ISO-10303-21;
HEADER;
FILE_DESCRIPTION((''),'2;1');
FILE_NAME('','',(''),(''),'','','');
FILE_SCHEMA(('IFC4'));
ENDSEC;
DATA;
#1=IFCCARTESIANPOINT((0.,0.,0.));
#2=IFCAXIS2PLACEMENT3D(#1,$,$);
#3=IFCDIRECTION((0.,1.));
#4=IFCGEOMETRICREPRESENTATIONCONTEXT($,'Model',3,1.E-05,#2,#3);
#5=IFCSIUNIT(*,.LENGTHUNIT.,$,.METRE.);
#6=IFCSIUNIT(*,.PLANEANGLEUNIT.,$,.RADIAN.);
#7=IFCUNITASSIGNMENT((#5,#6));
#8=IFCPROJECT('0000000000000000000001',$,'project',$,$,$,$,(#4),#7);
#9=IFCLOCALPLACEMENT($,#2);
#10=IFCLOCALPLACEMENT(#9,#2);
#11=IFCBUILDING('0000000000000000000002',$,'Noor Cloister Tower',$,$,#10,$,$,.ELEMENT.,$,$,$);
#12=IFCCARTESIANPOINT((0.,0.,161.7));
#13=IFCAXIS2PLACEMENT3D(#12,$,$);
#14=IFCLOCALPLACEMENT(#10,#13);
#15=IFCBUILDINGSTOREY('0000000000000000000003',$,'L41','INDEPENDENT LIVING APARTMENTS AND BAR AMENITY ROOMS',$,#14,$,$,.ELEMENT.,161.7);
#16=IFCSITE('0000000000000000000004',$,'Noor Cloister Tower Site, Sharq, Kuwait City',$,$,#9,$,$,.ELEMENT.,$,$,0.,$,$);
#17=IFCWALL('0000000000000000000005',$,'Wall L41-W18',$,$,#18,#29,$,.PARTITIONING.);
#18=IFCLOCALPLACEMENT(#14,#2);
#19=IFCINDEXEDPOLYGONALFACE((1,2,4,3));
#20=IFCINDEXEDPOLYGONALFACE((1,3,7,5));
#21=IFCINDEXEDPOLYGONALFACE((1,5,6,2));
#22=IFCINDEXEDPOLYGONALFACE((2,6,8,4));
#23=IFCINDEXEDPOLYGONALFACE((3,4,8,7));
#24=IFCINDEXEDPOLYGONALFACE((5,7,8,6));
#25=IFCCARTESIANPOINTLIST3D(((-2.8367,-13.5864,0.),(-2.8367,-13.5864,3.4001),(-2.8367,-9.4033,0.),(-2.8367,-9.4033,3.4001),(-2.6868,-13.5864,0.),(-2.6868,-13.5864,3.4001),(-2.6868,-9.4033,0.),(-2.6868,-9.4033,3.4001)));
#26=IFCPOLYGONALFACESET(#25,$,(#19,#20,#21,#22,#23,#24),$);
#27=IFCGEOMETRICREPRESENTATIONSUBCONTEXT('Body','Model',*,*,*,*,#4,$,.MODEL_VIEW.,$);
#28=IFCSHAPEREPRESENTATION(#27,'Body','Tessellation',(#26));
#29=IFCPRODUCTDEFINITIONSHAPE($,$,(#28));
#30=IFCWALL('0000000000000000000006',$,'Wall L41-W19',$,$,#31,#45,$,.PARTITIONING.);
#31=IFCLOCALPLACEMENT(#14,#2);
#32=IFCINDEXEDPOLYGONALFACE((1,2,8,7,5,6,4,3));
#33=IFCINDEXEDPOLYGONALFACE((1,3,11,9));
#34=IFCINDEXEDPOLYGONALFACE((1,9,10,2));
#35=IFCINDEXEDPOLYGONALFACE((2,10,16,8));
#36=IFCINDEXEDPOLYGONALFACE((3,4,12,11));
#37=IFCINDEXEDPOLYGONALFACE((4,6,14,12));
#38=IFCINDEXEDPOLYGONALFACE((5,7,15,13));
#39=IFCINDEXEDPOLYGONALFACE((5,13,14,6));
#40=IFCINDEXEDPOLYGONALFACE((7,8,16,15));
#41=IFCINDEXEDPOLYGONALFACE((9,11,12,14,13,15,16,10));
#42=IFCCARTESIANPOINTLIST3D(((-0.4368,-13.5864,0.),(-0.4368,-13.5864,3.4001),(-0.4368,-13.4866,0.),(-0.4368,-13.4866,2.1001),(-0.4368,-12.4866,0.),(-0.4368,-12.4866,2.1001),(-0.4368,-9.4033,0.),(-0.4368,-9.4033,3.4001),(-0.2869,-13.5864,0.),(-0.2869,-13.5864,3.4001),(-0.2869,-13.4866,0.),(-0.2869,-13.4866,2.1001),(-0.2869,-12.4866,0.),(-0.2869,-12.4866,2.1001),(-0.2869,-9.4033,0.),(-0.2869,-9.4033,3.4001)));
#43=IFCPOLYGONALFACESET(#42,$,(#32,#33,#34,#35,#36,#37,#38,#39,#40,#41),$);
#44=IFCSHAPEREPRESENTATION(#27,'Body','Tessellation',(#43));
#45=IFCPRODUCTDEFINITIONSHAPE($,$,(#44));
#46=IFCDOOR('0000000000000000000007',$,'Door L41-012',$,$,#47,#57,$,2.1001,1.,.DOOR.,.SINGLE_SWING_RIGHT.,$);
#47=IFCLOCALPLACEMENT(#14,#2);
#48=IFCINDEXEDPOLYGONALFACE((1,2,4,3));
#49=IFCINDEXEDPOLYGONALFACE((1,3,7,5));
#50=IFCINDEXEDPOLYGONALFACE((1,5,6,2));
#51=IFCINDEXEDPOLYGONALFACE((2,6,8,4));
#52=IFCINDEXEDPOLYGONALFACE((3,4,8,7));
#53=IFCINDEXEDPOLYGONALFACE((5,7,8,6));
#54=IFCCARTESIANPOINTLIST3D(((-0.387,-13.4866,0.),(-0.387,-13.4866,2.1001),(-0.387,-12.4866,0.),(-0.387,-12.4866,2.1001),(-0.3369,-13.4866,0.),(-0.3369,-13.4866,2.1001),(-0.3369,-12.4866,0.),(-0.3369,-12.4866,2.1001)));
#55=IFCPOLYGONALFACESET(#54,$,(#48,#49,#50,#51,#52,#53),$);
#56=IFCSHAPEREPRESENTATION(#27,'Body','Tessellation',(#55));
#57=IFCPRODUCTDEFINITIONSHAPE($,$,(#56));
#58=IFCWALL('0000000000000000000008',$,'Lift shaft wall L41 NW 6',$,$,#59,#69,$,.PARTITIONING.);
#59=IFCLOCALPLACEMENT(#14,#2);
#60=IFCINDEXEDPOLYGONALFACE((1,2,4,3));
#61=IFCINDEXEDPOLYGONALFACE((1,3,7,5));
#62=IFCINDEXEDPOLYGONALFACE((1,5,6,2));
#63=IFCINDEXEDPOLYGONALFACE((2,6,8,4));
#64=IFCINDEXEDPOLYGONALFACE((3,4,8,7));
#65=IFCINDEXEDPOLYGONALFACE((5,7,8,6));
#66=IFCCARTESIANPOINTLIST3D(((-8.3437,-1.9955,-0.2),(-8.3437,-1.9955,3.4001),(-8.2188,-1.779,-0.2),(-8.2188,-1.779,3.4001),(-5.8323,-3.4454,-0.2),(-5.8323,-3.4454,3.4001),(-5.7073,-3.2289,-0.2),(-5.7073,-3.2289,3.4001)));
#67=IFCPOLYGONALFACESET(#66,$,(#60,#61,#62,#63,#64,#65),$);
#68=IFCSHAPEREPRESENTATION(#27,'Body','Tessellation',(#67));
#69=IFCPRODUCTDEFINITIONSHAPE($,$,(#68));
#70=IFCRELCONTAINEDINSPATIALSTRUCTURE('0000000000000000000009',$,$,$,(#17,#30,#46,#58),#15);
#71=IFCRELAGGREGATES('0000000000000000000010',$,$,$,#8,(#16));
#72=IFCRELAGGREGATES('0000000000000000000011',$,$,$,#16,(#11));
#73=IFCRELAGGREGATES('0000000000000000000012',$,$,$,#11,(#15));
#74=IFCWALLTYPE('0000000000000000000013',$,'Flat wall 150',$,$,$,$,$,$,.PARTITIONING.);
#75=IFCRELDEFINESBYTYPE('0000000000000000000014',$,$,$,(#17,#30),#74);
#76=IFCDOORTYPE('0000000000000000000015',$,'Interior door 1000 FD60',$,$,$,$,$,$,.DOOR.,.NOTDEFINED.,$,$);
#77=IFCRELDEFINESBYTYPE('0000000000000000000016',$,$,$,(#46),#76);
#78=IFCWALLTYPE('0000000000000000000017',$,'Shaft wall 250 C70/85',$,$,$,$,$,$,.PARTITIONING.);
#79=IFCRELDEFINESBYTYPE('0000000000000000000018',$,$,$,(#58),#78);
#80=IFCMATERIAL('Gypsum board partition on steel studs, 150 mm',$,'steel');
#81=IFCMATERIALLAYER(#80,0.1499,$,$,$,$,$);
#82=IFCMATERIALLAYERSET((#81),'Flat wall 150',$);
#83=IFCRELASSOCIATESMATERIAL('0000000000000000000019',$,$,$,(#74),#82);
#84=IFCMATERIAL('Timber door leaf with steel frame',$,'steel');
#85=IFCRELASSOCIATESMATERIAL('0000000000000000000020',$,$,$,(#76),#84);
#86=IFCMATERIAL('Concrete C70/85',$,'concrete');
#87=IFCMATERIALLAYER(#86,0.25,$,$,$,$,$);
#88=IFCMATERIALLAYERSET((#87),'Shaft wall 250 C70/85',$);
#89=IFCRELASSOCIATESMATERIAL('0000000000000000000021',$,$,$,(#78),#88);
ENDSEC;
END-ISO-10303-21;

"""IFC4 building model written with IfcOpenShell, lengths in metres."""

from ifc_helpers import new_model, si_unit, direction, frame, frame_2d, origin, place, context, subcontext, project, spatial, rectangle, extrude, material, layer, layer_set, type_object, element, fill, save


model = new_model("IFC4")

# Units and contexts
model_context = context("Model", 3, precision=1e-05, world=origin(), true_north=direction((0.0, 1.0)))
body_context = subcontext(model_context, "Body", "Model", "MODEL_VIEW")
ifc_project = project(units=[si_unit("LENGTHUNIT", "METRE"), si_unit("PLANEANGLEUNIT", "RADIAN")], contexts=[model_context])

# Site, building, storey
site_placement = place(None, origin())
site = spatial("IfcSite", under=ifc_project, at=site_placement, Name="Noor Cloister Tower Site, Sharq, Kuwait City", CompositionType="ELEMENT", RefElevation=0.0)
building_placement = place(site_placement, origin())
building = spatial("IfcBuilding", under=site, at=building_placement, Name="Noor Cloister Tower", CompositionType="ELEMENT")
storey_placement = place(building_placement, frame((0.0, 0.0, 161.7)))
storey = spatial("IfcBuildingStorey", under=building, at=storey_placement, Name="L41", Description="INDEPENDENT LIVING APARTMENTS AND BAR AMENITY ROOMS", CompositionType="ELEMENT", Elevation=161.7)

# Shared definitions
ifc_material_1 = material(Name="Gypsum board partition on steel studs, 150 mm", Category="steel")
ifc_layer_1 = layer(ifc_material_1, 0.1499)
ifc_layer_set_1 = layer_set([ifc_layer_1], Name="Flat wall 150")
wall_type_1 = type_object("IfcWallType", Name="Flat wall 150", PredefinedType="PARTITIONING", material=ifc_layer_set_1)
ifc_material_2 = material(Name="Timber door leaf with steel frame", Category="steel")
door_type_1 = type_object("IfcDoorType", Name="Interior door 1000 FD60", OperationType="NOTDEFINED", PredefinedType="DOOR", material=ifc_material_2)

# Wall
wall_1_placement = place(storey_placement, frame((-2.7617, -9.4033, 0.0), z_axis=(0.0, 0.0, 1.0), x_axis=(0.0, -1.0, 0.0)))
element("IfcWall", 1, at=wall_1_placement, inside=storey, type_object=wall_type_1, Name="Wall L41-W18", PredefinedType="PARTITIONING", context=body_context, shape_type="SweptSolid", body=[
    extrude(rectangle(XDim=4.1831, YDim=0.1499, at=frame_2d((2.0916, 0.0))), origin(), (0.0, 0.0, 1.0), 3.4001),
])

# Wall, opening, door
wall_2_placement = place(storey_placement, frame((-0.3618, -9.4033, 0.0), z_axis=(0.0, 0.0, 1.0), x_axis=(0.0, -1.0, 0.0)))
wall_2 = element("IfcWall", 2, at=wall_2_placement, inside=storey, type_object=wall_type_1, Name="Wall L41-W19", PredefinedType="PARTITIONING", context=body_context, shape_type="SweptSolid", body=[
    extrude(rectangle(XDim=4.1831, YDim=0.1499, at=frame_2d((2.0916, 0.0))), origin(), (0.0, 0.0, 1.0), 3.4001),
])
opening_1_placement = place(wall_2_placement, frame((3.0833, 0.0, 0.0)))
opening_1 = element("IfcOpeningElement", 3, at=opening_1_placement, cuts=wall_2, PredefinedType="OPENING", context=body_context, shape_type="SweptSolid", body=[
    extrude(rectangle(XDim=1.0, YDim=2.1001, at=frame_2d((0.5, 1.05))), frame((0.0, 0.085, 0.0), z_axis=(0.0, -1.0, 0.0), x_axis=(1.0, 0.0, 0.0)), (0.0, 0.0, 1.0), 0.1699),
])
door_1_placement = place(opening_1_placement, origin())
door_1 = element("IfcDoor", 4, at=door_1_placement, inside=storey, type_object=door_type_1, Name="Door L41-012", OperationType="SINGLE_SWING_RIGHT", OverallHeight=2.1001, OverallWidth=1.0, PredefinedType="DOOR", context=body_context, shape_type="SweptSolid", body=[
    extrude(rectangle(XDim=1.0, YDim=2.1001, at=frame_2d((0.5, 1.05))), frame((0.0, 0.0249, 0.0), z_axis=(0.0, -1.0, 0.0), x_axis=(1.0, 0.0, 0.0)), (0.0, 0.0, 1.0), 0.05),
])
fill(opening_1, door_1)

# Wall
ifc_material_3 = material(Name="Concrete C70/85", Category="concrete")
ifc_layer_2 = layer(ifc_material_3, 0.25)
ifc_layer_set_2 = layer_set([ifc_layer_2], Name="Shaft wall 250 C70/85")
wall_type_2 = type_object("IfcWallType", Name="Shaft wall 250 C70/85", PredefinedType="PARTITIONING", material=ifc_layer_set_2)
wall_3_placement = place(storey_placement, frame((-8.2812, -1.8872, -0.2), z_axis=(0.0, 0.0, 1.0), x_axis=(0.866033, -0.499987, 0.0)))
element("IfcWall", 5, at=wall_3_placement, inside=storey, type_object=wall_type_2, Name="Lift shaft wall L41 NW 6", PredefinedType="PARTITIONING", context=body_context, shape_type="SweptSolid", body=[
    extrude(rectangle(XDim=2.8999, YDim=0.25, at=frame_2d((1.45, 0.0))), origin(), (0.0, 0.0, 1.0), 3.6001),
])

save(model, "model.ifc")
